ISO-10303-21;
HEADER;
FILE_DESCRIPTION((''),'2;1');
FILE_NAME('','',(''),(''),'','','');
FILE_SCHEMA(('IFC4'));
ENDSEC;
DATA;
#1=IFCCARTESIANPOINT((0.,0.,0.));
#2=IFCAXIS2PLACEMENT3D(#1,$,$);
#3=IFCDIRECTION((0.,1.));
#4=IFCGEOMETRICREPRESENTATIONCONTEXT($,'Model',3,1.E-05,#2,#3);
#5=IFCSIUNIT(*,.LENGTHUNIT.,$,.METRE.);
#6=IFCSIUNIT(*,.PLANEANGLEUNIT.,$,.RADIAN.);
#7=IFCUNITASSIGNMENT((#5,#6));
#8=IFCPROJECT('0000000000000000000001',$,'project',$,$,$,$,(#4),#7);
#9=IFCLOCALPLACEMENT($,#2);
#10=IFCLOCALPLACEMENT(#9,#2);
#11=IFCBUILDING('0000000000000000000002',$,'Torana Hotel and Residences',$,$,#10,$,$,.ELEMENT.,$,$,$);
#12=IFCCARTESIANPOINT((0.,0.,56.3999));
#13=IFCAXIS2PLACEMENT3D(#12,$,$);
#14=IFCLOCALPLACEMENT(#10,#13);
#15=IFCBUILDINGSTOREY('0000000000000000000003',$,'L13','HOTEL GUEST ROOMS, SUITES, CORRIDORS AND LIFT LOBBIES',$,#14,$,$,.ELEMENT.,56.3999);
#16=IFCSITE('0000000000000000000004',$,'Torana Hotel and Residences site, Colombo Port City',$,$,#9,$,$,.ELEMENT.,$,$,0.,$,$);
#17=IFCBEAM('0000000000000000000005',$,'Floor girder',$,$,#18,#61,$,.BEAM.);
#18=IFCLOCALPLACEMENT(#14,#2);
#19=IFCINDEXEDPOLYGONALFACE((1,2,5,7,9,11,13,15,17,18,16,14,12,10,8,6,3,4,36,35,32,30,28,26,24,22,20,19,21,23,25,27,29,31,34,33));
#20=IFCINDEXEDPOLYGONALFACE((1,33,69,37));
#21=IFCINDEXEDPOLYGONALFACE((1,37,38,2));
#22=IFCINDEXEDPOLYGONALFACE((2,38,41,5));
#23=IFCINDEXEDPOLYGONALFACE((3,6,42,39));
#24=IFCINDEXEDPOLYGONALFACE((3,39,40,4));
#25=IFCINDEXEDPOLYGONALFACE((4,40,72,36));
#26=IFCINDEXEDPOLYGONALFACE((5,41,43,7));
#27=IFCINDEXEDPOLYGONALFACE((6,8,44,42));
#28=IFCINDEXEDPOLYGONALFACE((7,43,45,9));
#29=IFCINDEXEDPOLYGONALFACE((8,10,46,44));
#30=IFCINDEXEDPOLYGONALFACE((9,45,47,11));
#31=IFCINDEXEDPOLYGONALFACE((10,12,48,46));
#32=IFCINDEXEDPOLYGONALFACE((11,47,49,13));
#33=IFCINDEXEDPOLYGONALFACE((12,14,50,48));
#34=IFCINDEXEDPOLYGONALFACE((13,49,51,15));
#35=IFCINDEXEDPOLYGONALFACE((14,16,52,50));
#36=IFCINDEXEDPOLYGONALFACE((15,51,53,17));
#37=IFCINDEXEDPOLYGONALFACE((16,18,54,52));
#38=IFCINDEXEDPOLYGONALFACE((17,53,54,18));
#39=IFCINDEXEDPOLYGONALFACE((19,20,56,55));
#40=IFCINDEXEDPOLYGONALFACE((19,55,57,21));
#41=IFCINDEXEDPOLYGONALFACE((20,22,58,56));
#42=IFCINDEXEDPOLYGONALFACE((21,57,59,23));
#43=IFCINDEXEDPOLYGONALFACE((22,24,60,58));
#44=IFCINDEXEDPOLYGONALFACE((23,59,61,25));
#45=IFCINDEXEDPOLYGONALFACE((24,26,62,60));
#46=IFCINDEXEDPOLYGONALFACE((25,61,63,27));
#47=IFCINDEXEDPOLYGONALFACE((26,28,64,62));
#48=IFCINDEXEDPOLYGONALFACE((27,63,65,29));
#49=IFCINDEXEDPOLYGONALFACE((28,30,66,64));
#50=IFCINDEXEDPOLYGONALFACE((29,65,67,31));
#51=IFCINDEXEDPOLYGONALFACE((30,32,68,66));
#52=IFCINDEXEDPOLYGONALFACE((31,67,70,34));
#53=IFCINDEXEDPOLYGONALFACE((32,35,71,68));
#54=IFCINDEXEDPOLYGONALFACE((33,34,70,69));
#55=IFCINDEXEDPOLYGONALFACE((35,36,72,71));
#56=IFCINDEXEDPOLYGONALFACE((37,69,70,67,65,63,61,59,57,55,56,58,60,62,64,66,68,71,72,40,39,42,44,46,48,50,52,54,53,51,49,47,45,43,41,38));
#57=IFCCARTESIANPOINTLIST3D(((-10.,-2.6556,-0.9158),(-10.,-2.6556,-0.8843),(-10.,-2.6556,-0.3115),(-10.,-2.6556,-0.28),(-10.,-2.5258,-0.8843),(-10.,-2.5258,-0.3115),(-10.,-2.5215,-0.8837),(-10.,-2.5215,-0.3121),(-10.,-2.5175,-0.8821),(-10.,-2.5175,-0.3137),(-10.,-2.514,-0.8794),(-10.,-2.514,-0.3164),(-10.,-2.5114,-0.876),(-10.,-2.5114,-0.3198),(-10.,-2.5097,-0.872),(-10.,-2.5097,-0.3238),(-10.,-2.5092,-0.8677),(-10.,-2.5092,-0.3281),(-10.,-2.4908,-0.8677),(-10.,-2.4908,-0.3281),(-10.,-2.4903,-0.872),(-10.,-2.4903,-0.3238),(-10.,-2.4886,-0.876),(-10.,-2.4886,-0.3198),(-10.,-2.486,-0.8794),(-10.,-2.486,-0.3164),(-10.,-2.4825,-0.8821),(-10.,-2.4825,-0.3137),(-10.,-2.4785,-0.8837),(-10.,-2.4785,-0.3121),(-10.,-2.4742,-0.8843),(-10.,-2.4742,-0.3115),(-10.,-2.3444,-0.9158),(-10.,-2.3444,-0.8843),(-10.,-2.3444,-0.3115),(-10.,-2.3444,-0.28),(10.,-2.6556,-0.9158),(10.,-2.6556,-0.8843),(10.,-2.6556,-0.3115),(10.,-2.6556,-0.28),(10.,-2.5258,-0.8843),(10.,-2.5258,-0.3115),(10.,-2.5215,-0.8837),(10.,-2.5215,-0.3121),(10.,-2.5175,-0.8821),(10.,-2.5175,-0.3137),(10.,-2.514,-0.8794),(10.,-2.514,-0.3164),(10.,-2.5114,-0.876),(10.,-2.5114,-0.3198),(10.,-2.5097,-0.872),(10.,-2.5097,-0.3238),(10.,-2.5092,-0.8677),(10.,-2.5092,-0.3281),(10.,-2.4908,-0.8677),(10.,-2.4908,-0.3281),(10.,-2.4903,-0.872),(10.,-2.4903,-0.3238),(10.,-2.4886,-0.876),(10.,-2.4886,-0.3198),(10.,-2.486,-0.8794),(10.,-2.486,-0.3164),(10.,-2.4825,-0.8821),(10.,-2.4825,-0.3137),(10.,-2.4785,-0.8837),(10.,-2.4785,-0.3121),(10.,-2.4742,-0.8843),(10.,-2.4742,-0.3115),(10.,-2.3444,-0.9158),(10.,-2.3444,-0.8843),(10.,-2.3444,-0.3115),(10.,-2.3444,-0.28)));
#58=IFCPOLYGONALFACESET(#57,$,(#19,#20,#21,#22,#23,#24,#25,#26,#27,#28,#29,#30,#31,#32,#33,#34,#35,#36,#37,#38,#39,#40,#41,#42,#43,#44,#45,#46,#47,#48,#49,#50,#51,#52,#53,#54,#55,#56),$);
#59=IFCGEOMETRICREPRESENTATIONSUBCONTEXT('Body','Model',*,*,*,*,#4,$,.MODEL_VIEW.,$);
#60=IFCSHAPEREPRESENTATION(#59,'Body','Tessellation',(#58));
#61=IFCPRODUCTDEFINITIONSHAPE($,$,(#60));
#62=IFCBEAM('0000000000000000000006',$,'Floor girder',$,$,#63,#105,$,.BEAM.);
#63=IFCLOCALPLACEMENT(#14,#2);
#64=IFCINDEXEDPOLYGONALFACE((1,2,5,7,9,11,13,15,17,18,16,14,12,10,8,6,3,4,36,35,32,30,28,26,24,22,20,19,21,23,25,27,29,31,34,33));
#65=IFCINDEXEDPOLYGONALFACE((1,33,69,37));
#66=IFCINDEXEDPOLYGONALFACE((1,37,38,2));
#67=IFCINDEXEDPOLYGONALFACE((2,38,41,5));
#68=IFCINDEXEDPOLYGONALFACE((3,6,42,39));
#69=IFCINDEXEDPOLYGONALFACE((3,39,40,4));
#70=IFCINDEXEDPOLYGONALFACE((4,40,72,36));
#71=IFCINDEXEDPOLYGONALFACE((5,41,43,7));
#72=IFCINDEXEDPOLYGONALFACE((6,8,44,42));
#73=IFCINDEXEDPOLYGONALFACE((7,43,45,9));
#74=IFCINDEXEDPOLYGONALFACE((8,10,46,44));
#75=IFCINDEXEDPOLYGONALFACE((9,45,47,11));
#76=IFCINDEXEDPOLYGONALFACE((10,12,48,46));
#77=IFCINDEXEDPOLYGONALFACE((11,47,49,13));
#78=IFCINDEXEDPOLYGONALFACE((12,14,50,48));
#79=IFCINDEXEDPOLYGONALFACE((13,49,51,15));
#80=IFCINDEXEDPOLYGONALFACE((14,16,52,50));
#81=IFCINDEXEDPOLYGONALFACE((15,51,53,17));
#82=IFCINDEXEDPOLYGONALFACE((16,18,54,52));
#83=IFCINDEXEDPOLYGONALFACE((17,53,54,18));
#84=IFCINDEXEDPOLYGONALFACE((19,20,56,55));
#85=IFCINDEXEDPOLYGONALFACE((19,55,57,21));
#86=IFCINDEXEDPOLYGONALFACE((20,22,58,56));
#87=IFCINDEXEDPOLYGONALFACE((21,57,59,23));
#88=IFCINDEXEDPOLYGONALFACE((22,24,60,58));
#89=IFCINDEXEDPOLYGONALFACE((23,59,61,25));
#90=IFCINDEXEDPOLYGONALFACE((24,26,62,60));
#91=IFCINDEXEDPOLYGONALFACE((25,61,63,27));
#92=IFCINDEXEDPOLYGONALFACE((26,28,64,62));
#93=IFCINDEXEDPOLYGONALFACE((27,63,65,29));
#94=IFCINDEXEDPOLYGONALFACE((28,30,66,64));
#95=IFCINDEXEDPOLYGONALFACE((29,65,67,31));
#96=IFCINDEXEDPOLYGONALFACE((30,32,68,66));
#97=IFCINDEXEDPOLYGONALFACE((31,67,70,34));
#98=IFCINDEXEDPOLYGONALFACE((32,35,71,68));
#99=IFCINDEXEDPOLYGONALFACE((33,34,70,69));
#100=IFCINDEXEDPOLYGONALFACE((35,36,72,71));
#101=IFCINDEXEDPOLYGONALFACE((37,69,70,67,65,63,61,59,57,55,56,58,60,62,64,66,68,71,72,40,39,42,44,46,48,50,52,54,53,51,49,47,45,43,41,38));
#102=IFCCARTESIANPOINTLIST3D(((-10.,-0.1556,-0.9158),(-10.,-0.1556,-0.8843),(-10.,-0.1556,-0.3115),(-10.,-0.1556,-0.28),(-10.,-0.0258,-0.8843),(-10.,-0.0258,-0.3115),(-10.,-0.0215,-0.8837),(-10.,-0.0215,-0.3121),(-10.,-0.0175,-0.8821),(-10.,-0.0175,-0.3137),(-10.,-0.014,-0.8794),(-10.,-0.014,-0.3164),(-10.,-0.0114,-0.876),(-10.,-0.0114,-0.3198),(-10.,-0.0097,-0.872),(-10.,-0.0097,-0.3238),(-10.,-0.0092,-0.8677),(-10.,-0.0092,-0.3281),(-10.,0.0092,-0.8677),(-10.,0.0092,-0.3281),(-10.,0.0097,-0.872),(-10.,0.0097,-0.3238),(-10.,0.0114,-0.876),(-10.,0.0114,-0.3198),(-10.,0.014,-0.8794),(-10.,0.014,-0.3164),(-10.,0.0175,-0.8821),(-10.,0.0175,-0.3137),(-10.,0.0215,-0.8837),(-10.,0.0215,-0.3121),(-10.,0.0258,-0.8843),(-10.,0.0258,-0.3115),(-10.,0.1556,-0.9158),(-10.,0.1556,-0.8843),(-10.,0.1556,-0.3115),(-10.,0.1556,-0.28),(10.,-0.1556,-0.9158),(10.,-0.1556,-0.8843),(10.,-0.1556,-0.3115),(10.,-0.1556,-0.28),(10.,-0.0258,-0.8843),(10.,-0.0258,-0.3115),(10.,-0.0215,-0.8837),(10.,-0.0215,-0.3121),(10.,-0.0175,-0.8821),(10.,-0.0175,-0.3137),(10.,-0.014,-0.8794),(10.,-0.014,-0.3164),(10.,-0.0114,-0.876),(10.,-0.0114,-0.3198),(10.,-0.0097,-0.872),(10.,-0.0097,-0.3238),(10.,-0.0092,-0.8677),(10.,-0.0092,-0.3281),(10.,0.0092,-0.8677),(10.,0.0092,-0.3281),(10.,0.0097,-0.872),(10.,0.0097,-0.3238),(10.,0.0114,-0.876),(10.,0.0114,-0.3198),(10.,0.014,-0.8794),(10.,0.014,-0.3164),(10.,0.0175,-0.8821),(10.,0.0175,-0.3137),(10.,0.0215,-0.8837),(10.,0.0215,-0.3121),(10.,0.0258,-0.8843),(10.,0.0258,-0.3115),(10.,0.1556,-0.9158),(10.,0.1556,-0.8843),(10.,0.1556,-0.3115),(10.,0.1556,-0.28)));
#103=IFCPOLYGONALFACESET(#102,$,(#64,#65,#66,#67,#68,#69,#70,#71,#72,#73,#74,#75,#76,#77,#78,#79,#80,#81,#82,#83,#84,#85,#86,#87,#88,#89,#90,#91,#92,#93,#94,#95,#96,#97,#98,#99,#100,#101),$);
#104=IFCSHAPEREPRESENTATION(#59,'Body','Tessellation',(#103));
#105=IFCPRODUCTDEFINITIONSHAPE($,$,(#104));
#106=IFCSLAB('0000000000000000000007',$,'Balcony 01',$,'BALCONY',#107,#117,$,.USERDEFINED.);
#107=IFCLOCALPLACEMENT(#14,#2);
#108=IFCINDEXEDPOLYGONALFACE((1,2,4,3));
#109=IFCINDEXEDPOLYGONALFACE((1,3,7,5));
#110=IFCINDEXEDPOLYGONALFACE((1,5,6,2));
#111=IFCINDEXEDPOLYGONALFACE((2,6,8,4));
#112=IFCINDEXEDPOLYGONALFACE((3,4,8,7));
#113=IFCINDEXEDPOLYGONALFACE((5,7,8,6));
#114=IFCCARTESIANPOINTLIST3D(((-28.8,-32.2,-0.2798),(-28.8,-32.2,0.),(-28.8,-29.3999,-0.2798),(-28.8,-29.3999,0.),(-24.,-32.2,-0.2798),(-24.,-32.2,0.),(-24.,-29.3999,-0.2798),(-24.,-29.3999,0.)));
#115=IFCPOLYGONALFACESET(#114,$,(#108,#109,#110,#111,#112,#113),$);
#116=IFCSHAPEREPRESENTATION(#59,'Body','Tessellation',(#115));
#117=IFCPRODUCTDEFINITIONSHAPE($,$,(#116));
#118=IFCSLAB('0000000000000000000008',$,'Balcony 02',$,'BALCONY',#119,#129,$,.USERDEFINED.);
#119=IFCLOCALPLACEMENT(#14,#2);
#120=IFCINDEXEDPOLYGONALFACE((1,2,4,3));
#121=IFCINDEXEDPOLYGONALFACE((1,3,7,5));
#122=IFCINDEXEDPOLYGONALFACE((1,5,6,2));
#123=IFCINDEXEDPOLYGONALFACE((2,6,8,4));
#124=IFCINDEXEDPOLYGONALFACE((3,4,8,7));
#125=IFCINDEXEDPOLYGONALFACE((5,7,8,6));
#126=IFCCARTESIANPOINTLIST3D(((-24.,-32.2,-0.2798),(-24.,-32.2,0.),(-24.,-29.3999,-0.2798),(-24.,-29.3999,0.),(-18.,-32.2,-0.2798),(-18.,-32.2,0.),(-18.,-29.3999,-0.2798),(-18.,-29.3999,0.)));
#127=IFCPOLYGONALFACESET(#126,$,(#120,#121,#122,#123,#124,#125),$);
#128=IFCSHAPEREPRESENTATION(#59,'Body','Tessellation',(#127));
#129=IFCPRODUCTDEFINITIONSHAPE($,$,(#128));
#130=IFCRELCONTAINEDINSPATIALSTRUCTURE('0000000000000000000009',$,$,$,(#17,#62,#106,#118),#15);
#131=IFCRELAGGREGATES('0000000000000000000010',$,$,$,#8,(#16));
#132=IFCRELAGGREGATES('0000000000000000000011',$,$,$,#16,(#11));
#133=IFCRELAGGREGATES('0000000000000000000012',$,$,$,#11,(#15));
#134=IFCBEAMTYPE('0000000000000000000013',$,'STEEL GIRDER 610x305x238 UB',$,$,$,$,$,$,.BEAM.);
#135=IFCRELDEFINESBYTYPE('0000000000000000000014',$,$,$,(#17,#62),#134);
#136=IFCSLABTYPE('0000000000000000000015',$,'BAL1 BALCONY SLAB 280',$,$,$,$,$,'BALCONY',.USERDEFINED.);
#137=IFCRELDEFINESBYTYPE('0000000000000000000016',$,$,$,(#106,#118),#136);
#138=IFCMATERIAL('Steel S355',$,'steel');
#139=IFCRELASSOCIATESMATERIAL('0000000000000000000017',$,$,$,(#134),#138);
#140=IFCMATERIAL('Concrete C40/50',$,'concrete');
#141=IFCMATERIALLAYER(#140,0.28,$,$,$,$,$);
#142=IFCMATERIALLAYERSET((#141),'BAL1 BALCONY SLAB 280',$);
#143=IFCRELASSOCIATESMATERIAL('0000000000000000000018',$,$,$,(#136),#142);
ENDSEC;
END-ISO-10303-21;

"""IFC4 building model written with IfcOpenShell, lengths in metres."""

from ifc_helpers import new_model, si_unit, direction, frame, origin, origin_2d, place, context, subcontext, project, spatial, polyline, i_section, outline, extrude, material, layer, layer_set, material_profile, profile_set, type_object, element, save


model = new_model("IFC4")

# Units and contexts
model_context = context("Model", 3, precision=1e-05, world=origin(), true_north=direction((0.0, 1.0)))
body_context = subcontext(model_context, "Body", "Model", "MODEL_VIEW")
ifc_project = project(units=[si_unit("LENGTHUNIT", "METRE"), si_unit("PLANEANGLEUNIT", "RADIAN")], contexts=[model_context])

# Site, building, storey
site_placement = place(None, origin())
site = spatial("IfcSite", under=ifc_project, at=site_placement, Name="Torana Hotel and Residences site, Colombo Port City", CompositionType="ELEMENT", RefElevation=0.0)
building_placement = place(site_placement, origin())
building = spatial("IfcBuilding", under=site, at=building_placement, Name="Torana Hotel and Residences", CompositionType="ELEMENT")
storey_placement = place(building_placement, frame((0.0, 0.0, 56.3999)))
storey = spatial("IfcBuildingStorey", under=building, at=storey_placement, Name="L13", Description="HOTEL GUEST ROOMS, SUITES, CORRIDORS AND LIFT LOBBIES", CompositionType="ELEMENT", Elevation=56.3999)

# Beams
ifc_material_1 = material(Name="Steel S355", Category="steel")
ifc_material_profile = material_profile(ifc_material_1, i_section(OverallWidth=0.3113, OverallDepth=0.6357, WebThickness=0.0183, FlangeThickness=0.0315, FilletRadius=0.0166, at=origin_2d()), Name="610x305x238 UB")
ifc_profile_set = profile_set([ifc_material_profile], Name="Steel S355")
beam_type = type_object("IfcBeamType", Name="STEEL GIRDER 610x305x238 UB", PredefinedType="BEAM", material=ifc_profile_set)
for number, where, z_axis, x_axis, name in (
    (1, (-10.0, -2.5, -0.5979), (1.0, 0.0, 0.0), (0.0, 1.0, 0.0), "Floor girder"),
    (2, (-10.0, 0.0, -0.5979), (1.0, 0.0, 0.0), (0.0, 1.0, 0.0), "Floor girder"),
):
    element("IfcBeam", number, at=place(storey_placement, frame(where, z_axis=z_axis, x_axis=x_axis)), inside=storey, type_object=beam_type, Name=name, PredefinedType="BEAM", context=body_context, shape_type="SweptSolid", body=[
        extrude(i_section(OverallWidth=0.3113, OverallDepth=0.6357, WebThickness=0.0183, FlangeThickness=0.0315, FilletRadius=0.0166, at=origin_2d()), origin(), (0.0, 0.0, 1.0), 20.0),
    ])

# Slabs
ifc_material_2 = material(Name="Concrete C40/50", Category="concrete")
ifc_layer_1 = layer(ifc_material_2, 0.28)
ifc_layer_set_1 = layer_set([ifc_layer_1], Name="BAL1 BALCONY SLAB 280")
slab_type_1 = type_object("IfcSlabType", Name="BAL1 BALCONY SLAB 280", ElementType="BALCONY", PredefinedType="USERDEFINED", material=ifc_layer_set_1)
slab_1_placement = place(storey_placement, frame((0.0, 0.0, -0.2798)))
element("IfcSlab", 3, at=slab_1_placement, inside=storey, type_object=slab_type_1, Name="Balcony 01", ObjectType="BALCONY", PredefinedType="USERDEFINED", context=body_context, shape_type="SweptSolid", body=[
    extrude(outline(polyline([(-28.8, -32.2), (-24.0, -32.2), (-24.0, -29.3999), (-28.8, -29.3999), (-28.8, -32.2)])), origin(), (0.0, 0.0, 1.0), 0.2798),
])
slab_2_placement = place(storey_placement, frame((0.0, 0.0, -0.2798)))
element("IfcSlab", 4, at=slab_2_placement, inside=storey, type_object=slab_type_1, Name="Balcony 02", ObjectType="BALCONY", PredefinedType="USERDEFINED", context=body_context, shape_type="SweptSolid", body=[
    extrude(outline(polyline([(-24.0, -32.2), (-18.0, -32.2), (-18.0, -29.3999), (-24.0, -29.3999), (-24.0, -32.2)])), origin(), (0.0, 0.0, 1.0), 0.2798),
])

save(model, "model.ifc")
